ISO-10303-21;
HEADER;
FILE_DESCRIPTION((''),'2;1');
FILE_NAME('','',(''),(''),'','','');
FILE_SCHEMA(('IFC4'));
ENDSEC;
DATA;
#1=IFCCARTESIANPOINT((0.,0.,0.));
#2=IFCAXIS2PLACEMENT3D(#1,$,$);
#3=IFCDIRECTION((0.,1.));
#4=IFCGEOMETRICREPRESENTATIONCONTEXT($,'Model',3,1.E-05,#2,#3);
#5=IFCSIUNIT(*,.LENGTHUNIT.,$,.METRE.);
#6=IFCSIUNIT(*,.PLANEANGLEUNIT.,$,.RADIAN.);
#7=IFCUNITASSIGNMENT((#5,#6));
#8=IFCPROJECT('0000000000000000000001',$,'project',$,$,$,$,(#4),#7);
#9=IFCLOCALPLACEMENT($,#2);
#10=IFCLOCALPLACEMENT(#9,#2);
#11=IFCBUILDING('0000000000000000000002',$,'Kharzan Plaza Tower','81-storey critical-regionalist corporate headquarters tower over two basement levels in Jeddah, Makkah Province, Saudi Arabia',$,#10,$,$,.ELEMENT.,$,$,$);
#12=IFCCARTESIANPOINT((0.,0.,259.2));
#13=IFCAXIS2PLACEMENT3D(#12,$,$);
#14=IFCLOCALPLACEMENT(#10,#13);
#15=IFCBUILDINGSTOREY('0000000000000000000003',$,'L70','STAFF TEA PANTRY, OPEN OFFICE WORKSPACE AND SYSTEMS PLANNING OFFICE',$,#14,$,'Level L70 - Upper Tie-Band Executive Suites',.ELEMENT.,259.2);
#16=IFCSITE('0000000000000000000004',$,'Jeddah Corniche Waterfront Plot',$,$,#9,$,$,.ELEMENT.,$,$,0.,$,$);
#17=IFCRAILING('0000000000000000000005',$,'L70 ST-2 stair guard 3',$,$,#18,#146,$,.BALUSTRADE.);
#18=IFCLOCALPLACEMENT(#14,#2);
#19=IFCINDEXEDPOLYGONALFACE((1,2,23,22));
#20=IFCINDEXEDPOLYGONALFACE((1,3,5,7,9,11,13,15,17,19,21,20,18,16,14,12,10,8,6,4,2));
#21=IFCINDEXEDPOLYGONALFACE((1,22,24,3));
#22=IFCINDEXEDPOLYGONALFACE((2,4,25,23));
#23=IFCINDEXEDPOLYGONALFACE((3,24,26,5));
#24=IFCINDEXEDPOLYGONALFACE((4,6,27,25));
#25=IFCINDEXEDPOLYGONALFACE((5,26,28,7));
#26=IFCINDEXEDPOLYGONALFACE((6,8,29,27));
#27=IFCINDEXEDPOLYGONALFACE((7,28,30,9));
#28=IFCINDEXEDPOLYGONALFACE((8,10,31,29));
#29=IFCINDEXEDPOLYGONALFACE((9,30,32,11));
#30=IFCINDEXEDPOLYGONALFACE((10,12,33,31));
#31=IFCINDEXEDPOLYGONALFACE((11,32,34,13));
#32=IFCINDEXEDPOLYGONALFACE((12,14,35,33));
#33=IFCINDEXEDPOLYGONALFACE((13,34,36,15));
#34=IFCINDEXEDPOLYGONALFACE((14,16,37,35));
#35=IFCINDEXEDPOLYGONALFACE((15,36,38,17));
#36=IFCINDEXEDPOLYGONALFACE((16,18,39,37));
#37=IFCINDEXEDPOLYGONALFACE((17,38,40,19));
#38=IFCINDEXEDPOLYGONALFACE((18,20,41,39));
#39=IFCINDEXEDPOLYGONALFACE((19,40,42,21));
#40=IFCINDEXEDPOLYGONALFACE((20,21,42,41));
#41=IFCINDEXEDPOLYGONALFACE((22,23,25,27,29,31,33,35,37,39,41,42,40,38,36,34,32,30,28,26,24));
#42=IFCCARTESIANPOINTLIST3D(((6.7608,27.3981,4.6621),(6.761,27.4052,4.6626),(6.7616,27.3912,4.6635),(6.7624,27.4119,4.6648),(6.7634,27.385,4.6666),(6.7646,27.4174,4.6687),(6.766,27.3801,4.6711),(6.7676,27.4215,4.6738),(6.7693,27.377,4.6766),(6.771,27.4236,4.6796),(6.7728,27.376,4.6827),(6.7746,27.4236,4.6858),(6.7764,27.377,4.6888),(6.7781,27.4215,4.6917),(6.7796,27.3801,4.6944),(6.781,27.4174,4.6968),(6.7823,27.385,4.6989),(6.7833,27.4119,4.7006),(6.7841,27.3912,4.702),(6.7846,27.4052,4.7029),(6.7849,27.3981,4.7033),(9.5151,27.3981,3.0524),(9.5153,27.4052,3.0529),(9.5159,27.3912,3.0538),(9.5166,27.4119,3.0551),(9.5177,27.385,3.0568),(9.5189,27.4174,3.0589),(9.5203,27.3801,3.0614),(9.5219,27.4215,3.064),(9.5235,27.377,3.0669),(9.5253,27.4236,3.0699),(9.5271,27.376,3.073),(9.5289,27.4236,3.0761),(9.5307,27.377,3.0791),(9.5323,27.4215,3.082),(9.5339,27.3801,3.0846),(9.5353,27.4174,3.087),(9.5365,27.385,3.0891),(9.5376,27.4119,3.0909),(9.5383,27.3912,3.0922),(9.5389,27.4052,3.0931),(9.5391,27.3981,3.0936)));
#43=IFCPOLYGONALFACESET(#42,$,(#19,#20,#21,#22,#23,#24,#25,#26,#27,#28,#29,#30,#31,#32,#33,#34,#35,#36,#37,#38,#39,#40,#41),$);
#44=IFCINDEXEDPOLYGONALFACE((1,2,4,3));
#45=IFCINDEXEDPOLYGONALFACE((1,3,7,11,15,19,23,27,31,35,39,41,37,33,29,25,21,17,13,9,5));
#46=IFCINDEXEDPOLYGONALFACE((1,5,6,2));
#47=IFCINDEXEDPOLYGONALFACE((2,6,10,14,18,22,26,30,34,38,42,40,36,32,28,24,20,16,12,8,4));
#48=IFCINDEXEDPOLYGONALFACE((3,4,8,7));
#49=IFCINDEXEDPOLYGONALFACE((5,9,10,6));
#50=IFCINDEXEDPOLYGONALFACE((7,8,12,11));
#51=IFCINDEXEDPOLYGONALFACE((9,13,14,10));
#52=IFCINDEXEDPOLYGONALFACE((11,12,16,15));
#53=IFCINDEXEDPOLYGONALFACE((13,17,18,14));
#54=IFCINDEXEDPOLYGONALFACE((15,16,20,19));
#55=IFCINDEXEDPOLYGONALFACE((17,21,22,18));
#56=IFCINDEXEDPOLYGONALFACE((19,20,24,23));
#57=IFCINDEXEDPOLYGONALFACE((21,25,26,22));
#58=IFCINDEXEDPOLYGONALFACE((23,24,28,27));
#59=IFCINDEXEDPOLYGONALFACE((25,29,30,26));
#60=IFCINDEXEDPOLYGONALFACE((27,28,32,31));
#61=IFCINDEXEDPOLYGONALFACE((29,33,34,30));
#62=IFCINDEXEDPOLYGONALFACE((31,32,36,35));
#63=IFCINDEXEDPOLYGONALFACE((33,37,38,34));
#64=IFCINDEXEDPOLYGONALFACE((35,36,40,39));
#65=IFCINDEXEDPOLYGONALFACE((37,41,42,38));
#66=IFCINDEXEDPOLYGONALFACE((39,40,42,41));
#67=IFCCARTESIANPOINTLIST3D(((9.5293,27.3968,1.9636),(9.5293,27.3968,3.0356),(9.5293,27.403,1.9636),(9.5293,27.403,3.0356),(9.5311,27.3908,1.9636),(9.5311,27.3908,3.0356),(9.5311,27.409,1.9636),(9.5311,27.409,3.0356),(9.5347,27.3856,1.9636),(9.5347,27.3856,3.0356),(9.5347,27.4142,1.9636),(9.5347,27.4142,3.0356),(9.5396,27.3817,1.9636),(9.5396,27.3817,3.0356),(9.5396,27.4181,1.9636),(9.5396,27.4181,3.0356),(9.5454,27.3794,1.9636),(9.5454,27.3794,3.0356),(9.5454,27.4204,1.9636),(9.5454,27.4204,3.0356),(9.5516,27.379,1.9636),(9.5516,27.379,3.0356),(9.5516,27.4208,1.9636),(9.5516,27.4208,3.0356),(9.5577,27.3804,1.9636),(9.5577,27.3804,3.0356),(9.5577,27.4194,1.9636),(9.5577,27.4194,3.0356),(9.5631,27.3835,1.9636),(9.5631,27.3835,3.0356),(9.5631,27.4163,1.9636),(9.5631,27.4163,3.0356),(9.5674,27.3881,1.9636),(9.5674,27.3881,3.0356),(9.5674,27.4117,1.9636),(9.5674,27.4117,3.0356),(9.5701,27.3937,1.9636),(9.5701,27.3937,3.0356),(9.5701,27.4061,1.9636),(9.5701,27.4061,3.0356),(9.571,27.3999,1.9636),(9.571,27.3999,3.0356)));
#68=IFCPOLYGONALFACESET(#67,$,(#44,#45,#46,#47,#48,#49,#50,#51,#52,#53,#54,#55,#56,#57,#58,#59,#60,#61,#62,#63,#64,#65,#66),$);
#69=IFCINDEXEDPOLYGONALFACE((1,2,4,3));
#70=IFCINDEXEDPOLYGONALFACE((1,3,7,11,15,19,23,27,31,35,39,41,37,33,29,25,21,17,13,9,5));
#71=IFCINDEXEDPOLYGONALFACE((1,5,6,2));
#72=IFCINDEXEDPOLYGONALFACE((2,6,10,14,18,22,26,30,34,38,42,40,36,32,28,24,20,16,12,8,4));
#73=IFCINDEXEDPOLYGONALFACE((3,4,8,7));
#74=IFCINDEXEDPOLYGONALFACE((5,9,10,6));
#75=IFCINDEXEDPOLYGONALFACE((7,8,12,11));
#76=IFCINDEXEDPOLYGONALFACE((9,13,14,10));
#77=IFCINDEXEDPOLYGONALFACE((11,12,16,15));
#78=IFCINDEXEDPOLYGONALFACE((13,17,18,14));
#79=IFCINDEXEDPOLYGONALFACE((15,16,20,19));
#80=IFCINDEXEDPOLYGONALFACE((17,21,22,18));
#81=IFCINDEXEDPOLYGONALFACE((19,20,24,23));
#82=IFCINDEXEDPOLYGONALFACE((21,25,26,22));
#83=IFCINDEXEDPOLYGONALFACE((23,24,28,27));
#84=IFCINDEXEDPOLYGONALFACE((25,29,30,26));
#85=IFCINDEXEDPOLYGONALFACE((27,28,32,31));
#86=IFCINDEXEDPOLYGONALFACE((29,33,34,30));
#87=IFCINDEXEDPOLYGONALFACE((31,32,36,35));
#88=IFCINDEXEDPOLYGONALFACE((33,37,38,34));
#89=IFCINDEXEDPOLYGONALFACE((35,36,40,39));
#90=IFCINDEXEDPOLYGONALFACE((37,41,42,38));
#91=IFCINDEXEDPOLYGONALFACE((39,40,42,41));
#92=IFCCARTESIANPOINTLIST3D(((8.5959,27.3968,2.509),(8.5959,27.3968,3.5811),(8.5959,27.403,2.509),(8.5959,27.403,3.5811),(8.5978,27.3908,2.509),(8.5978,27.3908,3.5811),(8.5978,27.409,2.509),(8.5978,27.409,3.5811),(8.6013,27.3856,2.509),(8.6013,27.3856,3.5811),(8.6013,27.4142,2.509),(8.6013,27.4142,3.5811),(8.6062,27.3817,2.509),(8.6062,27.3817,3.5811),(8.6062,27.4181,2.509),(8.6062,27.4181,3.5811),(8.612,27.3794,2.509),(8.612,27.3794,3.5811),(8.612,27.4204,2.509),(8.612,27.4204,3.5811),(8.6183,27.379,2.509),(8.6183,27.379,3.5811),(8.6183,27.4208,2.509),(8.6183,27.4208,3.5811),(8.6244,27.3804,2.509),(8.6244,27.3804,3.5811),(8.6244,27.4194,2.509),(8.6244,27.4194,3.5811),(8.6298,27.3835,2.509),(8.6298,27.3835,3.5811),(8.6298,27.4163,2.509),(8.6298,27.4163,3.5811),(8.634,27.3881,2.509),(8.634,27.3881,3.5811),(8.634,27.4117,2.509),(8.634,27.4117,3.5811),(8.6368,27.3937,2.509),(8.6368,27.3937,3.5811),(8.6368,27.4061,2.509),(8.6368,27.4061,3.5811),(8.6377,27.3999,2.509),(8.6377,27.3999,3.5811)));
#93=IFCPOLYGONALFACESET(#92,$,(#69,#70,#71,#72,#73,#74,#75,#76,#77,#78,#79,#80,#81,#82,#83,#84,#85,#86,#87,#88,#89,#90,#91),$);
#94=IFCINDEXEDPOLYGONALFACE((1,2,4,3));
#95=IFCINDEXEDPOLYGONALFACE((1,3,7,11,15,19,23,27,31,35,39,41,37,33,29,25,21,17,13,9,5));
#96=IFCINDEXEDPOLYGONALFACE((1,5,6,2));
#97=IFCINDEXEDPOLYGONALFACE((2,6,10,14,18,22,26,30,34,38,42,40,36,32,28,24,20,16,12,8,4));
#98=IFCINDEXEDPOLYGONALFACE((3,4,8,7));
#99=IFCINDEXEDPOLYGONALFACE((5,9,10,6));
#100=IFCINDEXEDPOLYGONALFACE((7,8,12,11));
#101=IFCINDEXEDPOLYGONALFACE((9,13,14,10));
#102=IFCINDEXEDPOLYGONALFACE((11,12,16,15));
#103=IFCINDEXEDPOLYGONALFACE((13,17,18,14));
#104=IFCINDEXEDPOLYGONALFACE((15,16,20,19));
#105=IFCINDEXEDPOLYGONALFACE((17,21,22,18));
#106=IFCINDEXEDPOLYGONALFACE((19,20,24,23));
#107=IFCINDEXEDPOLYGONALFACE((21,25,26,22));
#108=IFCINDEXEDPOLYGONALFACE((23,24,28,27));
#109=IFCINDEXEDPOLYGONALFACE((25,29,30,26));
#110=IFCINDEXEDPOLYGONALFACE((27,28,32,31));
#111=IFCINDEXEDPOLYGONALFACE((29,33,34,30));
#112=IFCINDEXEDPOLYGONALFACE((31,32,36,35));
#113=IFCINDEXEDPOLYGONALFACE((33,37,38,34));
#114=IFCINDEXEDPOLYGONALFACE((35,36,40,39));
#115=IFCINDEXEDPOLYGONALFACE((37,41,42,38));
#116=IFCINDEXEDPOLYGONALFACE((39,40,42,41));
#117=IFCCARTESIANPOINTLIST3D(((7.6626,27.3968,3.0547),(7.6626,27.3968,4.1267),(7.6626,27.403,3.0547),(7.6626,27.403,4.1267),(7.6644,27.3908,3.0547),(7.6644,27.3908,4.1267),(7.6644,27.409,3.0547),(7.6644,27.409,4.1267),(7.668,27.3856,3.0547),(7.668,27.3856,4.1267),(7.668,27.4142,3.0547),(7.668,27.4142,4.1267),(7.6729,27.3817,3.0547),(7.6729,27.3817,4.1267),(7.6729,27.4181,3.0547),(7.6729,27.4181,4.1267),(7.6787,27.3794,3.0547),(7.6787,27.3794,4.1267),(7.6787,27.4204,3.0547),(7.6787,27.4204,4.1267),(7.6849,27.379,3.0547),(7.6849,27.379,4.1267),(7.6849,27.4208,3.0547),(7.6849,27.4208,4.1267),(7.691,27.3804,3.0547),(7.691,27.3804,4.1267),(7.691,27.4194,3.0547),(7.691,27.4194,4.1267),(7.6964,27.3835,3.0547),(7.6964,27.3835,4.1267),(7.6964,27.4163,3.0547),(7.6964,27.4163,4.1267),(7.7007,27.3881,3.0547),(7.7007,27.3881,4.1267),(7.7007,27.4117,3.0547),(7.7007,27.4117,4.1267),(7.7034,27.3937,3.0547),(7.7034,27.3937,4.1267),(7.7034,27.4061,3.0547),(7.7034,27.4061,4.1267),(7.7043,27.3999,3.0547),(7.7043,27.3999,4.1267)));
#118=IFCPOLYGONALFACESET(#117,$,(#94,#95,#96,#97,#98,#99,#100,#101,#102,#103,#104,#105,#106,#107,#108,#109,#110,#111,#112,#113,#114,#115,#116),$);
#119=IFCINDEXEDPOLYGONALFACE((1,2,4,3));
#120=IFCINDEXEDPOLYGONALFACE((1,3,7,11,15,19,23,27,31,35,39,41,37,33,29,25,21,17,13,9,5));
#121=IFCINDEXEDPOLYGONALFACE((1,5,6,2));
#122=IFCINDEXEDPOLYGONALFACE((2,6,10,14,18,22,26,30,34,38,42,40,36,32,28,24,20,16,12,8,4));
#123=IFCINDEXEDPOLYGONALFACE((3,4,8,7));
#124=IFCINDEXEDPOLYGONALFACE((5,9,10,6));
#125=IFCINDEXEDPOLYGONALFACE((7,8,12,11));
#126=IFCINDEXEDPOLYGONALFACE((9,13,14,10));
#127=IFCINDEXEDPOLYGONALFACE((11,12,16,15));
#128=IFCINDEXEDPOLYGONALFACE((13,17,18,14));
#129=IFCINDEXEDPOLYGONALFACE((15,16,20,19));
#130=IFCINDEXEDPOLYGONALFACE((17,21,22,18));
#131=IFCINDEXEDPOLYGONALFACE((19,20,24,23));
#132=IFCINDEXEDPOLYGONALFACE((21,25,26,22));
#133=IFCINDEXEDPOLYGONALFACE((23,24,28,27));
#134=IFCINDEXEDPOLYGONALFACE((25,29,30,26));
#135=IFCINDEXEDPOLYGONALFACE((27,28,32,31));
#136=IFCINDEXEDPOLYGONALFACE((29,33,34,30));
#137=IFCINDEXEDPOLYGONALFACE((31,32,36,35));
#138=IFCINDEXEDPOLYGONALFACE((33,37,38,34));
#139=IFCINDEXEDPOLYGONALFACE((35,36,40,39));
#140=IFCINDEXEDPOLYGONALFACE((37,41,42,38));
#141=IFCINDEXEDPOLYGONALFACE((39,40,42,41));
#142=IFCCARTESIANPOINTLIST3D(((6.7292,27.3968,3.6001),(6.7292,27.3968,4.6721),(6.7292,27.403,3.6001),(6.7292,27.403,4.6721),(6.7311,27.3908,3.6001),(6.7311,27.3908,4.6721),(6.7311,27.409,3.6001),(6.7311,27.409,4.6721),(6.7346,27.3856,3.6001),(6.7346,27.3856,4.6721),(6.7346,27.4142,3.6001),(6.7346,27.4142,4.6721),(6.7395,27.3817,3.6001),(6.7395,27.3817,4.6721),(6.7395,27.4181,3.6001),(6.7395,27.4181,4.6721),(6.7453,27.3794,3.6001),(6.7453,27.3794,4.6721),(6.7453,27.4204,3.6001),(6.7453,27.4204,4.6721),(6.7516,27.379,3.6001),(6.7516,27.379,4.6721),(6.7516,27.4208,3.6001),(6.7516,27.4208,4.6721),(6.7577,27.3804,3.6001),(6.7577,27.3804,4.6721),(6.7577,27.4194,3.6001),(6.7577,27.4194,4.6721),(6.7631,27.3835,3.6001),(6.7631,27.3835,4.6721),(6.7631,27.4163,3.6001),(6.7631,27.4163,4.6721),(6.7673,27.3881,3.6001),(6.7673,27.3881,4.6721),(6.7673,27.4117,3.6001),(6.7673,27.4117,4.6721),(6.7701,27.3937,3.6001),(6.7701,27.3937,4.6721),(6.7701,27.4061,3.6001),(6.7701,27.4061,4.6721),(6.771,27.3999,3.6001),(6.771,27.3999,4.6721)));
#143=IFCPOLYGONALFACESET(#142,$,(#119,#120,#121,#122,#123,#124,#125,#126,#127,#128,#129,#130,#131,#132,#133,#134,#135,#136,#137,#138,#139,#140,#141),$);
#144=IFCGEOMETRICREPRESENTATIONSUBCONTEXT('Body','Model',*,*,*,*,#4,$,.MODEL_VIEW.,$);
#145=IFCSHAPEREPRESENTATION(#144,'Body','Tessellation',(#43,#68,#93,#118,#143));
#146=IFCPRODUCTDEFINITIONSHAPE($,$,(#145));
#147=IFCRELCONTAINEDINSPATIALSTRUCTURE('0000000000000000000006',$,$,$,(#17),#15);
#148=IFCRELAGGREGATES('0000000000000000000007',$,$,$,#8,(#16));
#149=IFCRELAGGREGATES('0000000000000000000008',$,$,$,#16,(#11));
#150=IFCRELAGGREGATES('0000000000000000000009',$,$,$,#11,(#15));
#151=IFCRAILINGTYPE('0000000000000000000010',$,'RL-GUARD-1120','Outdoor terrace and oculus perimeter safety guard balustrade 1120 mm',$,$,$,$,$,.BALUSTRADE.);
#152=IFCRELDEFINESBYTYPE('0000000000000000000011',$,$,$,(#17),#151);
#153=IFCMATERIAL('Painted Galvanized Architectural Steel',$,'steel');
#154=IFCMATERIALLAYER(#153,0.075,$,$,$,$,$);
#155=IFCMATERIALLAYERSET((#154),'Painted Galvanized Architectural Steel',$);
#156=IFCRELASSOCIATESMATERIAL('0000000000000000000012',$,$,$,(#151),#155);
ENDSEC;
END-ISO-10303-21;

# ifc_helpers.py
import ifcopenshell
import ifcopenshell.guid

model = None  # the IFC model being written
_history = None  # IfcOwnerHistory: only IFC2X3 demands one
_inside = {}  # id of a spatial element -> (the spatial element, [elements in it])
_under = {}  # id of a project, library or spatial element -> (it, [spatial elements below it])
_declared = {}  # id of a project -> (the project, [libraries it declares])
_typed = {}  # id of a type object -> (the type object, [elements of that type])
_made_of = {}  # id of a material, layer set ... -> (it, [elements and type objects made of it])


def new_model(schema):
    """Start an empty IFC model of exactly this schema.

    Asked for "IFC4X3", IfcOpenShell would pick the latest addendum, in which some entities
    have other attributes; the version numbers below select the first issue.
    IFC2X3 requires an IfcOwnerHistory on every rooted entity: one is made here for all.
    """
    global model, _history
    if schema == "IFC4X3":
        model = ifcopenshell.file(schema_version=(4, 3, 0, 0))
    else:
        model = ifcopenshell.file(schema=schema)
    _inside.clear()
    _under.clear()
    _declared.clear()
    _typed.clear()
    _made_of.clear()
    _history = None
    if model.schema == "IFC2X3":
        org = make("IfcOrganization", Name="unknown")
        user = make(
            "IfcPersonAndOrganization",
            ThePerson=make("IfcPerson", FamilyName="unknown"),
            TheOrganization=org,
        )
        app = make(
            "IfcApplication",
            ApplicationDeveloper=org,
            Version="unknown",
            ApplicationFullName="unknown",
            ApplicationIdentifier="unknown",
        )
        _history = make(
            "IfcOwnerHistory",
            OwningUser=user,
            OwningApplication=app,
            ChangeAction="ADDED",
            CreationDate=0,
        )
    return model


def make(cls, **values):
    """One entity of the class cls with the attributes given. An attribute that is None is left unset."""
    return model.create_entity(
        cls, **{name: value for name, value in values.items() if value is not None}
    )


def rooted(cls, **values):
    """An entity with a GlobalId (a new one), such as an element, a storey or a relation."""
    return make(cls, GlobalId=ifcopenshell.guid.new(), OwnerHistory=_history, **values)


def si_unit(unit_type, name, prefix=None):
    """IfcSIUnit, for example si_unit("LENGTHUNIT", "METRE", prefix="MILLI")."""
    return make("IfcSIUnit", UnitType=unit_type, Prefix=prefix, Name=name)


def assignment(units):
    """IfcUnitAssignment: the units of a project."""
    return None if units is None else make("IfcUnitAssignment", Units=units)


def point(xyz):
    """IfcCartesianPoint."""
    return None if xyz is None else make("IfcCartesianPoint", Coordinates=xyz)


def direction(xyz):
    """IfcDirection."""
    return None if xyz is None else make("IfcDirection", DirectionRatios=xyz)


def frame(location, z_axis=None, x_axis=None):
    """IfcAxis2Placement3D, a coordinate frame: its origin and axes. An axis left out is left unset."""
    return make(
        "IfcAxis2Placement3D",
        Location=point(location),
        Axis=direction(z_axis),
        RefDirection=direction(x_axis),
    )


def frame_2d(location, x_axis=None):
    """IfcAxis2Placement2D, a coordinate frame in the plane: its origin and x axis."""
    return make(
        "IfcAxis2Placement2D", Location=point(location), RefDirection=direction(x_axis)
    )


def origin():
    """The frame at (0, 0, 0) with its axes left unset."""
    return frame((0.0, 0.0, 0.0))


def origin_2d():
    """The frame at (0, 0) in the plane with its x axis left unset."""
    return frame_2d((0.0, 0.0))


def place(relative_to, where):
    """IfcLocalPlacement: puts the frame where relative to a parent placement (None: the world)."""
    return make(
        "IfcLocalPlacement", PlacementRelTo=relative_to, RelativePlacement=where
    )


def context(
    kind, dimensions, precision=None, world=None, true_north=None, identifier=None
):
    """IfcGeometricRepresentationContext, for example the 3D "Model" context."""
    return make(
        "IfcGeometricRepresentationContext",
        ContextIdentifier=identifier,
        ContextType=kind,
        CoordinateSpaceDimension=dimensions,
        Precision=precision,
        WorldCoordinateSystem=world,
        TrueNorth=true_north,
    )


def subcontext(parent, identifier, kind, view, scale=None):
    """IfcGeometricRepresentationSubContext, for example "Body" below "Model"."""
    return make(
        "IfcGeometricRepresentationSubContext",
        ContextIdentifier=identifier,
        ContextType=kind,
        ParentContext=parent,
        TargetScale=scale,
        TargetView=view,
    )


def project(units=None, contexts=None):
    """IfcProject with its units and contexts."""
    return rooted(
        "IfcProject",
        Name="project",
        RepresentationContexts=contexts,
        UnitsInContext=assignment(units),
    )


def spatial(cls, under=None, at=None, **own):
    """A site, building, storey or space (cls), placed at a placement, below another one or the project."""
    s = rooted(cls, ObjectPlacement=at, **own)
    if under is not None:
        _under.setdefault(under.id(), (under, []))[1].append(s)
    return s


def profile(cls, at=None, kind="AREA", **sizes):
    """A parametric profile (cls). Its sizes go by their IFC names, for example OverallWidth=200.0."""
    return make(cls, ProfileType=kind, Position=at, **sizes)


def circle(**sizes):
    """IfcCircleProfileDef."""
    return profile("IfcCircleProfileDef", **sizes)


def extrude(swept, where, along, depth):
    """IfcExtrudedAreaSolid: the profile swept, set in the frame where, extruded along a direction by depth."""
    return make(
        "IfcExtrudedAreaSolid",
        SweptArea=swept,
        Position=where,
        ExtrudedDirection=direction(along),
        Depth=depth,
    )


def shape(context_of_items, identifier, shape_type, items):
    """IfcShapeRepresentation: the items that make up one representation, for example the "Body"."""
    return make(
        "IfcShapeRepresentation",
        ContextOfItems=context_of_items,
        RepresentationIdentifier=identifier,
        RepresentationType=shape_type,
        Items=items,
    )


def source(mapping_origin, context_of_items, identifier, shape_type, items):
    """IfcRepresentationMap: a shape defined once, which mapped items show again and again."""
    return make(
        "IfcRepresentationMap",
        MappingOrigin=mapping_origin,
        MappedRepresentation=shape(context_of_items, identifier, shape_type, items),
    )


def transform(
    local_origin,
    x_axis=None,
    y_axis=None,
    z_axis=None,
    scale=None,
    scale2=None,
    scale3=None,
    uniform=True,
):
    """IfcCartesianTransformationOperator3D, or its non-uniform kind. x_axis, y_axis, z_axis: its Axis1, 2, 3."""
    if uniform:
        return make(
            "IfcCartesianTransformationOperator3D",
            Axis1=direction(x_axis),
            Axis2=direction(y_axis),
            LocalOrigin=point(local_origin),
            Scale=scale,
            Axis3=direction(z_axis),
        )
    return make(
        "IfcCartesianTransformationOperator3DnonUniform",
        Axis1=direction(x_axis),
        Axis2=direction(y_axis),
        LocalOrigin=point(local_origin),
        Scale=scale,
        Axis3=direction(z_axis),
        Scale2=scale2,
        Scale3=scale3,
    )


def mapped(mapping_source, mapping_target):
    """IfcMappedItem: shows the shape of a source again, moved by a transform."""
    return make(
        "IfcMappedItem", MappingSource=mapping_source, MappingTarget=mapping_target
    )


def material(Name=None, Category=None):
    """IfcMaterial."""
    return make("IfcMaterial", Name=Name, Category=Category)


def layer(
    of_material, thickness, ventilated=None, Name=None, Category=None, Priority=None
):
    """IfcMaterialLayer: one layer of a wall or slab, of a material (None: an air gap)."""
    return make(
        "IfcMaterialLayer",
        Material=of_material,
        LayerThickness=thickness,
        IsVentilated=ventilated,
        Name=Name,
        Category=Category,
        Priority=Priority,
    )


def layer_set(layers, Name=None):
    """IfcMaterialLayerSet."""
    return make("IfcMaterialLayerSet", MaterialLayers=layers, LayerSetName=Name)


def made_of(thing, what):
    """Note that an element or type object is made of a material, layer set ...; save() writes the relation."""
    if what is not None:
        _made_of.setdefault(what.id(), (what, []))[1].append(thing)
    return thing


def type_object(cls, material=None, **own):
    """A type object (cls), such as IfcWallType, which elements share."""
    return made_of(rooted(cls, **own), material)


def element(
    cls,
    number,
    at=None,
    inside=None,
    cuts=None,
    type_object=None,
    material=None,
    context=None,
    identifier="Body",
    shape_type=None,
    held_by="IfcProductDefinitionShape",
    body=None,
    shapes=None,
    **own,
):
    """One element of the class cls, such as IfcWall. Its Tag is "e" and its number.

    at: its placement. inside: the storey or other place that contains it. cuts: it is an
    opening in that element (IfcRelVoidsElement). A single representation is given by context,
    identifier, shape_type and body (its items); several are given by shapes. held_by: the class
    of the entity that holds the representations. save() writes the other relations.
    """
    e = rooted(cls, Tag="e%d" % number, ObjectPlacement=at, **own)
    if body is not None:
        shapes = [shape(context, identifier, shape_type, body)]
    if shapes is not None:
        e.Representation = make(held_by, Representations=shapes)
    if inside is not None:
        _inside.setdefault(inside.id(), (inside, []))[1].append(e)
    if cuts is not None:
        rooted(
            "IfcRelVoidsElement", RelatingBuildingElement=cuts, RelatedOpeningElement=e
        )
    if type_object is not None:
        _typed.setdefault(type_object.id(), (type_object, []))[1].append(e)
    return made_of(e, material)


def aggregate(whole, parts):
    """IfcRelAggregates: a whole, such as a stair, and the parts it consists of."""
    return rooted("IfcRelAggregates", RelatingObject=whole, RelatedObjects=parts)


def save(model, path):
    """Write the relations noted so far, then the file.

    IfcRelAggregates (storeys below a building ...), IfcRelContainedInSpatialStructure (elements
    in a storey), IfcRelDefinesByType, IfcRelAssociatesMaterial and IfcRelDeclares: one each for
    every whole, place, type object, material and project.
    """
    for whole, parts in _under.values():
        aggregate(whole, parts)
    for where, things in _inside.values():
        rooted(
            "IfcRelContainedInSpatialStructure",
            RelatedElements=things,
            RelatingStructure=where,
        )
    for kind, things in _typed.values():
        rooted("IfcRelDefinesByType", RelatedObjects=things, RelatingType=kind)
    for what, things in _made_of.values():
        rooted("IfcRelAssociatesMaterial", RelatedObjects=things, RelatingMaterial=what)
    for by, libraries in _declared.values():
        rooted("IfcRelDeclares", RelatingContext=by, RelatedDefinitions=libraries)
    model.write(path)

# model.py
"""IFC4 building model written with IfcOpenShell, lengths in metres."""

from ifc_helpers import new_model, si_unit, direction, frame, origin, origin_2d, place, context, subcontext, project, spatial, circle, extrude, source, transform, mapped, material, layer, layer_set, type_object, element, save


model = new_model("IFC4")

# Units and contexts
model_context = context("Model", 3, precision=1e-05, world=origin(), true_north=direction((0.0, 1.0)))
body_context = subcontext(model_context, "Body", "Model", "MODEL_VIEW")
ifc_project = project(units=[si_unit("LENGTHUNIT", "METRE"), si_unit("PLANEANGLEUNIT", "RADIAN")], contexts=[model_context])

# Site, building, storey
site_placement = place(None, origin())
site = spatial("IfcSite", under=ifc_project, at=site_placement, Name="Jeddah Corniche Waterfront Plot", CompositionType="ELEMENT", RefElevation=0.0)
building_placement = place(site_placement, origin())
building = spatial("IfcBuilding", under=site, at=building_placement, Name="Kharzan Plaza Tower", Description="81-storey critical-regionalist corporate headquarters tower over two basement levels in Jeddah, Makkah Province, Saudi Arabia", CompositionType="ELEMENT")
storey_placement = place(building_placement, frame((0.0, 0.0, 259.2)))
storey = spatial("IfcBuildingStorey", under=building, at=storey_placement, Name="L70", Description="STAFF TEA PANTRY, OPEN OFFICE WORKSPACE AND SYSTEMS PLANNING OFFICE", LongName="Level L70 - Upper Tie-Band Executive Suites", CompositionType="ELEMENT", Elevation=259.2)

# Railing
ifc_material_1 = material(Name="Painted Galvanized Architectural Steel", Category="steel")
ifc_layer_1 = layer(ifc_material_1, 0.075)
ifc_layer_set_1 = layer_set([ifc_layer_1], Name="Painted Galvanized Architectural Steel")
railing_type_1 = type_object("IfcRailingType", Name="RL-GUARD-1120", Description="Outdoor terrace and oculus perimeter safety guard balustrade 1120 mm", PredefinedType="BALUSTRADE", material=ifc_layer_set_1)
shared_shape_1 = source(origin(), body_context, "Body", "SweptSolid", [
    extrude(circle(Radius=0.0239, at=origin_2d()), frame((-0.0229, 0.0, 1.1094), z_axis=(-0.863361, 0.0, 0.504587), x_axis=(0.0, -1.0, 0.0)), (0.0, 0.0, 1.0), 3.1902),
    extrude(circle(Radius=0.021, at=origin_2d()), origin(), (0.0, 0.0, 1.0), 1.072),
    extrude(circle(Radius=0.021, at=origin_2d()), frame((-0.9333, 0.0, 0.5454)), (0.0, 0.0, 1.0), 1.072),
    extrude(circle(Radius=0.021, at=origin_2d()), frame((-1.8667, 0.0, 1.0911)), (0.0, 0.0, 1.0), 1.072),
    extrude(circle(Radius=0.021, at=origin_2d()), frame((-2.8, 0.0, 1.6365)), (0.0, 0.0, 1.0), 1.072),
])
railing_1_placement = place(storey_placement, frame((9.55, 27.3999, 1.9636)))
element("IfcRailing", 1, at=railing_1_placement, inside=storey, type_object=railing_type_1, Name="L70 ST-2 stair guard 3", PredefinedType="BALUSTRADE", context=body_context, shape_type="MappedRepresentation", body=[
    mapped(shared_shape_1, transform((0.0, 0.0, 0.0), x_axis=(1.0, 0.0, 0.0), y_axis=(0.0, 1.0, 0.0), z_axis=(0.0, 0.0, 1.0))),
])

save(model, "model.ifc")
